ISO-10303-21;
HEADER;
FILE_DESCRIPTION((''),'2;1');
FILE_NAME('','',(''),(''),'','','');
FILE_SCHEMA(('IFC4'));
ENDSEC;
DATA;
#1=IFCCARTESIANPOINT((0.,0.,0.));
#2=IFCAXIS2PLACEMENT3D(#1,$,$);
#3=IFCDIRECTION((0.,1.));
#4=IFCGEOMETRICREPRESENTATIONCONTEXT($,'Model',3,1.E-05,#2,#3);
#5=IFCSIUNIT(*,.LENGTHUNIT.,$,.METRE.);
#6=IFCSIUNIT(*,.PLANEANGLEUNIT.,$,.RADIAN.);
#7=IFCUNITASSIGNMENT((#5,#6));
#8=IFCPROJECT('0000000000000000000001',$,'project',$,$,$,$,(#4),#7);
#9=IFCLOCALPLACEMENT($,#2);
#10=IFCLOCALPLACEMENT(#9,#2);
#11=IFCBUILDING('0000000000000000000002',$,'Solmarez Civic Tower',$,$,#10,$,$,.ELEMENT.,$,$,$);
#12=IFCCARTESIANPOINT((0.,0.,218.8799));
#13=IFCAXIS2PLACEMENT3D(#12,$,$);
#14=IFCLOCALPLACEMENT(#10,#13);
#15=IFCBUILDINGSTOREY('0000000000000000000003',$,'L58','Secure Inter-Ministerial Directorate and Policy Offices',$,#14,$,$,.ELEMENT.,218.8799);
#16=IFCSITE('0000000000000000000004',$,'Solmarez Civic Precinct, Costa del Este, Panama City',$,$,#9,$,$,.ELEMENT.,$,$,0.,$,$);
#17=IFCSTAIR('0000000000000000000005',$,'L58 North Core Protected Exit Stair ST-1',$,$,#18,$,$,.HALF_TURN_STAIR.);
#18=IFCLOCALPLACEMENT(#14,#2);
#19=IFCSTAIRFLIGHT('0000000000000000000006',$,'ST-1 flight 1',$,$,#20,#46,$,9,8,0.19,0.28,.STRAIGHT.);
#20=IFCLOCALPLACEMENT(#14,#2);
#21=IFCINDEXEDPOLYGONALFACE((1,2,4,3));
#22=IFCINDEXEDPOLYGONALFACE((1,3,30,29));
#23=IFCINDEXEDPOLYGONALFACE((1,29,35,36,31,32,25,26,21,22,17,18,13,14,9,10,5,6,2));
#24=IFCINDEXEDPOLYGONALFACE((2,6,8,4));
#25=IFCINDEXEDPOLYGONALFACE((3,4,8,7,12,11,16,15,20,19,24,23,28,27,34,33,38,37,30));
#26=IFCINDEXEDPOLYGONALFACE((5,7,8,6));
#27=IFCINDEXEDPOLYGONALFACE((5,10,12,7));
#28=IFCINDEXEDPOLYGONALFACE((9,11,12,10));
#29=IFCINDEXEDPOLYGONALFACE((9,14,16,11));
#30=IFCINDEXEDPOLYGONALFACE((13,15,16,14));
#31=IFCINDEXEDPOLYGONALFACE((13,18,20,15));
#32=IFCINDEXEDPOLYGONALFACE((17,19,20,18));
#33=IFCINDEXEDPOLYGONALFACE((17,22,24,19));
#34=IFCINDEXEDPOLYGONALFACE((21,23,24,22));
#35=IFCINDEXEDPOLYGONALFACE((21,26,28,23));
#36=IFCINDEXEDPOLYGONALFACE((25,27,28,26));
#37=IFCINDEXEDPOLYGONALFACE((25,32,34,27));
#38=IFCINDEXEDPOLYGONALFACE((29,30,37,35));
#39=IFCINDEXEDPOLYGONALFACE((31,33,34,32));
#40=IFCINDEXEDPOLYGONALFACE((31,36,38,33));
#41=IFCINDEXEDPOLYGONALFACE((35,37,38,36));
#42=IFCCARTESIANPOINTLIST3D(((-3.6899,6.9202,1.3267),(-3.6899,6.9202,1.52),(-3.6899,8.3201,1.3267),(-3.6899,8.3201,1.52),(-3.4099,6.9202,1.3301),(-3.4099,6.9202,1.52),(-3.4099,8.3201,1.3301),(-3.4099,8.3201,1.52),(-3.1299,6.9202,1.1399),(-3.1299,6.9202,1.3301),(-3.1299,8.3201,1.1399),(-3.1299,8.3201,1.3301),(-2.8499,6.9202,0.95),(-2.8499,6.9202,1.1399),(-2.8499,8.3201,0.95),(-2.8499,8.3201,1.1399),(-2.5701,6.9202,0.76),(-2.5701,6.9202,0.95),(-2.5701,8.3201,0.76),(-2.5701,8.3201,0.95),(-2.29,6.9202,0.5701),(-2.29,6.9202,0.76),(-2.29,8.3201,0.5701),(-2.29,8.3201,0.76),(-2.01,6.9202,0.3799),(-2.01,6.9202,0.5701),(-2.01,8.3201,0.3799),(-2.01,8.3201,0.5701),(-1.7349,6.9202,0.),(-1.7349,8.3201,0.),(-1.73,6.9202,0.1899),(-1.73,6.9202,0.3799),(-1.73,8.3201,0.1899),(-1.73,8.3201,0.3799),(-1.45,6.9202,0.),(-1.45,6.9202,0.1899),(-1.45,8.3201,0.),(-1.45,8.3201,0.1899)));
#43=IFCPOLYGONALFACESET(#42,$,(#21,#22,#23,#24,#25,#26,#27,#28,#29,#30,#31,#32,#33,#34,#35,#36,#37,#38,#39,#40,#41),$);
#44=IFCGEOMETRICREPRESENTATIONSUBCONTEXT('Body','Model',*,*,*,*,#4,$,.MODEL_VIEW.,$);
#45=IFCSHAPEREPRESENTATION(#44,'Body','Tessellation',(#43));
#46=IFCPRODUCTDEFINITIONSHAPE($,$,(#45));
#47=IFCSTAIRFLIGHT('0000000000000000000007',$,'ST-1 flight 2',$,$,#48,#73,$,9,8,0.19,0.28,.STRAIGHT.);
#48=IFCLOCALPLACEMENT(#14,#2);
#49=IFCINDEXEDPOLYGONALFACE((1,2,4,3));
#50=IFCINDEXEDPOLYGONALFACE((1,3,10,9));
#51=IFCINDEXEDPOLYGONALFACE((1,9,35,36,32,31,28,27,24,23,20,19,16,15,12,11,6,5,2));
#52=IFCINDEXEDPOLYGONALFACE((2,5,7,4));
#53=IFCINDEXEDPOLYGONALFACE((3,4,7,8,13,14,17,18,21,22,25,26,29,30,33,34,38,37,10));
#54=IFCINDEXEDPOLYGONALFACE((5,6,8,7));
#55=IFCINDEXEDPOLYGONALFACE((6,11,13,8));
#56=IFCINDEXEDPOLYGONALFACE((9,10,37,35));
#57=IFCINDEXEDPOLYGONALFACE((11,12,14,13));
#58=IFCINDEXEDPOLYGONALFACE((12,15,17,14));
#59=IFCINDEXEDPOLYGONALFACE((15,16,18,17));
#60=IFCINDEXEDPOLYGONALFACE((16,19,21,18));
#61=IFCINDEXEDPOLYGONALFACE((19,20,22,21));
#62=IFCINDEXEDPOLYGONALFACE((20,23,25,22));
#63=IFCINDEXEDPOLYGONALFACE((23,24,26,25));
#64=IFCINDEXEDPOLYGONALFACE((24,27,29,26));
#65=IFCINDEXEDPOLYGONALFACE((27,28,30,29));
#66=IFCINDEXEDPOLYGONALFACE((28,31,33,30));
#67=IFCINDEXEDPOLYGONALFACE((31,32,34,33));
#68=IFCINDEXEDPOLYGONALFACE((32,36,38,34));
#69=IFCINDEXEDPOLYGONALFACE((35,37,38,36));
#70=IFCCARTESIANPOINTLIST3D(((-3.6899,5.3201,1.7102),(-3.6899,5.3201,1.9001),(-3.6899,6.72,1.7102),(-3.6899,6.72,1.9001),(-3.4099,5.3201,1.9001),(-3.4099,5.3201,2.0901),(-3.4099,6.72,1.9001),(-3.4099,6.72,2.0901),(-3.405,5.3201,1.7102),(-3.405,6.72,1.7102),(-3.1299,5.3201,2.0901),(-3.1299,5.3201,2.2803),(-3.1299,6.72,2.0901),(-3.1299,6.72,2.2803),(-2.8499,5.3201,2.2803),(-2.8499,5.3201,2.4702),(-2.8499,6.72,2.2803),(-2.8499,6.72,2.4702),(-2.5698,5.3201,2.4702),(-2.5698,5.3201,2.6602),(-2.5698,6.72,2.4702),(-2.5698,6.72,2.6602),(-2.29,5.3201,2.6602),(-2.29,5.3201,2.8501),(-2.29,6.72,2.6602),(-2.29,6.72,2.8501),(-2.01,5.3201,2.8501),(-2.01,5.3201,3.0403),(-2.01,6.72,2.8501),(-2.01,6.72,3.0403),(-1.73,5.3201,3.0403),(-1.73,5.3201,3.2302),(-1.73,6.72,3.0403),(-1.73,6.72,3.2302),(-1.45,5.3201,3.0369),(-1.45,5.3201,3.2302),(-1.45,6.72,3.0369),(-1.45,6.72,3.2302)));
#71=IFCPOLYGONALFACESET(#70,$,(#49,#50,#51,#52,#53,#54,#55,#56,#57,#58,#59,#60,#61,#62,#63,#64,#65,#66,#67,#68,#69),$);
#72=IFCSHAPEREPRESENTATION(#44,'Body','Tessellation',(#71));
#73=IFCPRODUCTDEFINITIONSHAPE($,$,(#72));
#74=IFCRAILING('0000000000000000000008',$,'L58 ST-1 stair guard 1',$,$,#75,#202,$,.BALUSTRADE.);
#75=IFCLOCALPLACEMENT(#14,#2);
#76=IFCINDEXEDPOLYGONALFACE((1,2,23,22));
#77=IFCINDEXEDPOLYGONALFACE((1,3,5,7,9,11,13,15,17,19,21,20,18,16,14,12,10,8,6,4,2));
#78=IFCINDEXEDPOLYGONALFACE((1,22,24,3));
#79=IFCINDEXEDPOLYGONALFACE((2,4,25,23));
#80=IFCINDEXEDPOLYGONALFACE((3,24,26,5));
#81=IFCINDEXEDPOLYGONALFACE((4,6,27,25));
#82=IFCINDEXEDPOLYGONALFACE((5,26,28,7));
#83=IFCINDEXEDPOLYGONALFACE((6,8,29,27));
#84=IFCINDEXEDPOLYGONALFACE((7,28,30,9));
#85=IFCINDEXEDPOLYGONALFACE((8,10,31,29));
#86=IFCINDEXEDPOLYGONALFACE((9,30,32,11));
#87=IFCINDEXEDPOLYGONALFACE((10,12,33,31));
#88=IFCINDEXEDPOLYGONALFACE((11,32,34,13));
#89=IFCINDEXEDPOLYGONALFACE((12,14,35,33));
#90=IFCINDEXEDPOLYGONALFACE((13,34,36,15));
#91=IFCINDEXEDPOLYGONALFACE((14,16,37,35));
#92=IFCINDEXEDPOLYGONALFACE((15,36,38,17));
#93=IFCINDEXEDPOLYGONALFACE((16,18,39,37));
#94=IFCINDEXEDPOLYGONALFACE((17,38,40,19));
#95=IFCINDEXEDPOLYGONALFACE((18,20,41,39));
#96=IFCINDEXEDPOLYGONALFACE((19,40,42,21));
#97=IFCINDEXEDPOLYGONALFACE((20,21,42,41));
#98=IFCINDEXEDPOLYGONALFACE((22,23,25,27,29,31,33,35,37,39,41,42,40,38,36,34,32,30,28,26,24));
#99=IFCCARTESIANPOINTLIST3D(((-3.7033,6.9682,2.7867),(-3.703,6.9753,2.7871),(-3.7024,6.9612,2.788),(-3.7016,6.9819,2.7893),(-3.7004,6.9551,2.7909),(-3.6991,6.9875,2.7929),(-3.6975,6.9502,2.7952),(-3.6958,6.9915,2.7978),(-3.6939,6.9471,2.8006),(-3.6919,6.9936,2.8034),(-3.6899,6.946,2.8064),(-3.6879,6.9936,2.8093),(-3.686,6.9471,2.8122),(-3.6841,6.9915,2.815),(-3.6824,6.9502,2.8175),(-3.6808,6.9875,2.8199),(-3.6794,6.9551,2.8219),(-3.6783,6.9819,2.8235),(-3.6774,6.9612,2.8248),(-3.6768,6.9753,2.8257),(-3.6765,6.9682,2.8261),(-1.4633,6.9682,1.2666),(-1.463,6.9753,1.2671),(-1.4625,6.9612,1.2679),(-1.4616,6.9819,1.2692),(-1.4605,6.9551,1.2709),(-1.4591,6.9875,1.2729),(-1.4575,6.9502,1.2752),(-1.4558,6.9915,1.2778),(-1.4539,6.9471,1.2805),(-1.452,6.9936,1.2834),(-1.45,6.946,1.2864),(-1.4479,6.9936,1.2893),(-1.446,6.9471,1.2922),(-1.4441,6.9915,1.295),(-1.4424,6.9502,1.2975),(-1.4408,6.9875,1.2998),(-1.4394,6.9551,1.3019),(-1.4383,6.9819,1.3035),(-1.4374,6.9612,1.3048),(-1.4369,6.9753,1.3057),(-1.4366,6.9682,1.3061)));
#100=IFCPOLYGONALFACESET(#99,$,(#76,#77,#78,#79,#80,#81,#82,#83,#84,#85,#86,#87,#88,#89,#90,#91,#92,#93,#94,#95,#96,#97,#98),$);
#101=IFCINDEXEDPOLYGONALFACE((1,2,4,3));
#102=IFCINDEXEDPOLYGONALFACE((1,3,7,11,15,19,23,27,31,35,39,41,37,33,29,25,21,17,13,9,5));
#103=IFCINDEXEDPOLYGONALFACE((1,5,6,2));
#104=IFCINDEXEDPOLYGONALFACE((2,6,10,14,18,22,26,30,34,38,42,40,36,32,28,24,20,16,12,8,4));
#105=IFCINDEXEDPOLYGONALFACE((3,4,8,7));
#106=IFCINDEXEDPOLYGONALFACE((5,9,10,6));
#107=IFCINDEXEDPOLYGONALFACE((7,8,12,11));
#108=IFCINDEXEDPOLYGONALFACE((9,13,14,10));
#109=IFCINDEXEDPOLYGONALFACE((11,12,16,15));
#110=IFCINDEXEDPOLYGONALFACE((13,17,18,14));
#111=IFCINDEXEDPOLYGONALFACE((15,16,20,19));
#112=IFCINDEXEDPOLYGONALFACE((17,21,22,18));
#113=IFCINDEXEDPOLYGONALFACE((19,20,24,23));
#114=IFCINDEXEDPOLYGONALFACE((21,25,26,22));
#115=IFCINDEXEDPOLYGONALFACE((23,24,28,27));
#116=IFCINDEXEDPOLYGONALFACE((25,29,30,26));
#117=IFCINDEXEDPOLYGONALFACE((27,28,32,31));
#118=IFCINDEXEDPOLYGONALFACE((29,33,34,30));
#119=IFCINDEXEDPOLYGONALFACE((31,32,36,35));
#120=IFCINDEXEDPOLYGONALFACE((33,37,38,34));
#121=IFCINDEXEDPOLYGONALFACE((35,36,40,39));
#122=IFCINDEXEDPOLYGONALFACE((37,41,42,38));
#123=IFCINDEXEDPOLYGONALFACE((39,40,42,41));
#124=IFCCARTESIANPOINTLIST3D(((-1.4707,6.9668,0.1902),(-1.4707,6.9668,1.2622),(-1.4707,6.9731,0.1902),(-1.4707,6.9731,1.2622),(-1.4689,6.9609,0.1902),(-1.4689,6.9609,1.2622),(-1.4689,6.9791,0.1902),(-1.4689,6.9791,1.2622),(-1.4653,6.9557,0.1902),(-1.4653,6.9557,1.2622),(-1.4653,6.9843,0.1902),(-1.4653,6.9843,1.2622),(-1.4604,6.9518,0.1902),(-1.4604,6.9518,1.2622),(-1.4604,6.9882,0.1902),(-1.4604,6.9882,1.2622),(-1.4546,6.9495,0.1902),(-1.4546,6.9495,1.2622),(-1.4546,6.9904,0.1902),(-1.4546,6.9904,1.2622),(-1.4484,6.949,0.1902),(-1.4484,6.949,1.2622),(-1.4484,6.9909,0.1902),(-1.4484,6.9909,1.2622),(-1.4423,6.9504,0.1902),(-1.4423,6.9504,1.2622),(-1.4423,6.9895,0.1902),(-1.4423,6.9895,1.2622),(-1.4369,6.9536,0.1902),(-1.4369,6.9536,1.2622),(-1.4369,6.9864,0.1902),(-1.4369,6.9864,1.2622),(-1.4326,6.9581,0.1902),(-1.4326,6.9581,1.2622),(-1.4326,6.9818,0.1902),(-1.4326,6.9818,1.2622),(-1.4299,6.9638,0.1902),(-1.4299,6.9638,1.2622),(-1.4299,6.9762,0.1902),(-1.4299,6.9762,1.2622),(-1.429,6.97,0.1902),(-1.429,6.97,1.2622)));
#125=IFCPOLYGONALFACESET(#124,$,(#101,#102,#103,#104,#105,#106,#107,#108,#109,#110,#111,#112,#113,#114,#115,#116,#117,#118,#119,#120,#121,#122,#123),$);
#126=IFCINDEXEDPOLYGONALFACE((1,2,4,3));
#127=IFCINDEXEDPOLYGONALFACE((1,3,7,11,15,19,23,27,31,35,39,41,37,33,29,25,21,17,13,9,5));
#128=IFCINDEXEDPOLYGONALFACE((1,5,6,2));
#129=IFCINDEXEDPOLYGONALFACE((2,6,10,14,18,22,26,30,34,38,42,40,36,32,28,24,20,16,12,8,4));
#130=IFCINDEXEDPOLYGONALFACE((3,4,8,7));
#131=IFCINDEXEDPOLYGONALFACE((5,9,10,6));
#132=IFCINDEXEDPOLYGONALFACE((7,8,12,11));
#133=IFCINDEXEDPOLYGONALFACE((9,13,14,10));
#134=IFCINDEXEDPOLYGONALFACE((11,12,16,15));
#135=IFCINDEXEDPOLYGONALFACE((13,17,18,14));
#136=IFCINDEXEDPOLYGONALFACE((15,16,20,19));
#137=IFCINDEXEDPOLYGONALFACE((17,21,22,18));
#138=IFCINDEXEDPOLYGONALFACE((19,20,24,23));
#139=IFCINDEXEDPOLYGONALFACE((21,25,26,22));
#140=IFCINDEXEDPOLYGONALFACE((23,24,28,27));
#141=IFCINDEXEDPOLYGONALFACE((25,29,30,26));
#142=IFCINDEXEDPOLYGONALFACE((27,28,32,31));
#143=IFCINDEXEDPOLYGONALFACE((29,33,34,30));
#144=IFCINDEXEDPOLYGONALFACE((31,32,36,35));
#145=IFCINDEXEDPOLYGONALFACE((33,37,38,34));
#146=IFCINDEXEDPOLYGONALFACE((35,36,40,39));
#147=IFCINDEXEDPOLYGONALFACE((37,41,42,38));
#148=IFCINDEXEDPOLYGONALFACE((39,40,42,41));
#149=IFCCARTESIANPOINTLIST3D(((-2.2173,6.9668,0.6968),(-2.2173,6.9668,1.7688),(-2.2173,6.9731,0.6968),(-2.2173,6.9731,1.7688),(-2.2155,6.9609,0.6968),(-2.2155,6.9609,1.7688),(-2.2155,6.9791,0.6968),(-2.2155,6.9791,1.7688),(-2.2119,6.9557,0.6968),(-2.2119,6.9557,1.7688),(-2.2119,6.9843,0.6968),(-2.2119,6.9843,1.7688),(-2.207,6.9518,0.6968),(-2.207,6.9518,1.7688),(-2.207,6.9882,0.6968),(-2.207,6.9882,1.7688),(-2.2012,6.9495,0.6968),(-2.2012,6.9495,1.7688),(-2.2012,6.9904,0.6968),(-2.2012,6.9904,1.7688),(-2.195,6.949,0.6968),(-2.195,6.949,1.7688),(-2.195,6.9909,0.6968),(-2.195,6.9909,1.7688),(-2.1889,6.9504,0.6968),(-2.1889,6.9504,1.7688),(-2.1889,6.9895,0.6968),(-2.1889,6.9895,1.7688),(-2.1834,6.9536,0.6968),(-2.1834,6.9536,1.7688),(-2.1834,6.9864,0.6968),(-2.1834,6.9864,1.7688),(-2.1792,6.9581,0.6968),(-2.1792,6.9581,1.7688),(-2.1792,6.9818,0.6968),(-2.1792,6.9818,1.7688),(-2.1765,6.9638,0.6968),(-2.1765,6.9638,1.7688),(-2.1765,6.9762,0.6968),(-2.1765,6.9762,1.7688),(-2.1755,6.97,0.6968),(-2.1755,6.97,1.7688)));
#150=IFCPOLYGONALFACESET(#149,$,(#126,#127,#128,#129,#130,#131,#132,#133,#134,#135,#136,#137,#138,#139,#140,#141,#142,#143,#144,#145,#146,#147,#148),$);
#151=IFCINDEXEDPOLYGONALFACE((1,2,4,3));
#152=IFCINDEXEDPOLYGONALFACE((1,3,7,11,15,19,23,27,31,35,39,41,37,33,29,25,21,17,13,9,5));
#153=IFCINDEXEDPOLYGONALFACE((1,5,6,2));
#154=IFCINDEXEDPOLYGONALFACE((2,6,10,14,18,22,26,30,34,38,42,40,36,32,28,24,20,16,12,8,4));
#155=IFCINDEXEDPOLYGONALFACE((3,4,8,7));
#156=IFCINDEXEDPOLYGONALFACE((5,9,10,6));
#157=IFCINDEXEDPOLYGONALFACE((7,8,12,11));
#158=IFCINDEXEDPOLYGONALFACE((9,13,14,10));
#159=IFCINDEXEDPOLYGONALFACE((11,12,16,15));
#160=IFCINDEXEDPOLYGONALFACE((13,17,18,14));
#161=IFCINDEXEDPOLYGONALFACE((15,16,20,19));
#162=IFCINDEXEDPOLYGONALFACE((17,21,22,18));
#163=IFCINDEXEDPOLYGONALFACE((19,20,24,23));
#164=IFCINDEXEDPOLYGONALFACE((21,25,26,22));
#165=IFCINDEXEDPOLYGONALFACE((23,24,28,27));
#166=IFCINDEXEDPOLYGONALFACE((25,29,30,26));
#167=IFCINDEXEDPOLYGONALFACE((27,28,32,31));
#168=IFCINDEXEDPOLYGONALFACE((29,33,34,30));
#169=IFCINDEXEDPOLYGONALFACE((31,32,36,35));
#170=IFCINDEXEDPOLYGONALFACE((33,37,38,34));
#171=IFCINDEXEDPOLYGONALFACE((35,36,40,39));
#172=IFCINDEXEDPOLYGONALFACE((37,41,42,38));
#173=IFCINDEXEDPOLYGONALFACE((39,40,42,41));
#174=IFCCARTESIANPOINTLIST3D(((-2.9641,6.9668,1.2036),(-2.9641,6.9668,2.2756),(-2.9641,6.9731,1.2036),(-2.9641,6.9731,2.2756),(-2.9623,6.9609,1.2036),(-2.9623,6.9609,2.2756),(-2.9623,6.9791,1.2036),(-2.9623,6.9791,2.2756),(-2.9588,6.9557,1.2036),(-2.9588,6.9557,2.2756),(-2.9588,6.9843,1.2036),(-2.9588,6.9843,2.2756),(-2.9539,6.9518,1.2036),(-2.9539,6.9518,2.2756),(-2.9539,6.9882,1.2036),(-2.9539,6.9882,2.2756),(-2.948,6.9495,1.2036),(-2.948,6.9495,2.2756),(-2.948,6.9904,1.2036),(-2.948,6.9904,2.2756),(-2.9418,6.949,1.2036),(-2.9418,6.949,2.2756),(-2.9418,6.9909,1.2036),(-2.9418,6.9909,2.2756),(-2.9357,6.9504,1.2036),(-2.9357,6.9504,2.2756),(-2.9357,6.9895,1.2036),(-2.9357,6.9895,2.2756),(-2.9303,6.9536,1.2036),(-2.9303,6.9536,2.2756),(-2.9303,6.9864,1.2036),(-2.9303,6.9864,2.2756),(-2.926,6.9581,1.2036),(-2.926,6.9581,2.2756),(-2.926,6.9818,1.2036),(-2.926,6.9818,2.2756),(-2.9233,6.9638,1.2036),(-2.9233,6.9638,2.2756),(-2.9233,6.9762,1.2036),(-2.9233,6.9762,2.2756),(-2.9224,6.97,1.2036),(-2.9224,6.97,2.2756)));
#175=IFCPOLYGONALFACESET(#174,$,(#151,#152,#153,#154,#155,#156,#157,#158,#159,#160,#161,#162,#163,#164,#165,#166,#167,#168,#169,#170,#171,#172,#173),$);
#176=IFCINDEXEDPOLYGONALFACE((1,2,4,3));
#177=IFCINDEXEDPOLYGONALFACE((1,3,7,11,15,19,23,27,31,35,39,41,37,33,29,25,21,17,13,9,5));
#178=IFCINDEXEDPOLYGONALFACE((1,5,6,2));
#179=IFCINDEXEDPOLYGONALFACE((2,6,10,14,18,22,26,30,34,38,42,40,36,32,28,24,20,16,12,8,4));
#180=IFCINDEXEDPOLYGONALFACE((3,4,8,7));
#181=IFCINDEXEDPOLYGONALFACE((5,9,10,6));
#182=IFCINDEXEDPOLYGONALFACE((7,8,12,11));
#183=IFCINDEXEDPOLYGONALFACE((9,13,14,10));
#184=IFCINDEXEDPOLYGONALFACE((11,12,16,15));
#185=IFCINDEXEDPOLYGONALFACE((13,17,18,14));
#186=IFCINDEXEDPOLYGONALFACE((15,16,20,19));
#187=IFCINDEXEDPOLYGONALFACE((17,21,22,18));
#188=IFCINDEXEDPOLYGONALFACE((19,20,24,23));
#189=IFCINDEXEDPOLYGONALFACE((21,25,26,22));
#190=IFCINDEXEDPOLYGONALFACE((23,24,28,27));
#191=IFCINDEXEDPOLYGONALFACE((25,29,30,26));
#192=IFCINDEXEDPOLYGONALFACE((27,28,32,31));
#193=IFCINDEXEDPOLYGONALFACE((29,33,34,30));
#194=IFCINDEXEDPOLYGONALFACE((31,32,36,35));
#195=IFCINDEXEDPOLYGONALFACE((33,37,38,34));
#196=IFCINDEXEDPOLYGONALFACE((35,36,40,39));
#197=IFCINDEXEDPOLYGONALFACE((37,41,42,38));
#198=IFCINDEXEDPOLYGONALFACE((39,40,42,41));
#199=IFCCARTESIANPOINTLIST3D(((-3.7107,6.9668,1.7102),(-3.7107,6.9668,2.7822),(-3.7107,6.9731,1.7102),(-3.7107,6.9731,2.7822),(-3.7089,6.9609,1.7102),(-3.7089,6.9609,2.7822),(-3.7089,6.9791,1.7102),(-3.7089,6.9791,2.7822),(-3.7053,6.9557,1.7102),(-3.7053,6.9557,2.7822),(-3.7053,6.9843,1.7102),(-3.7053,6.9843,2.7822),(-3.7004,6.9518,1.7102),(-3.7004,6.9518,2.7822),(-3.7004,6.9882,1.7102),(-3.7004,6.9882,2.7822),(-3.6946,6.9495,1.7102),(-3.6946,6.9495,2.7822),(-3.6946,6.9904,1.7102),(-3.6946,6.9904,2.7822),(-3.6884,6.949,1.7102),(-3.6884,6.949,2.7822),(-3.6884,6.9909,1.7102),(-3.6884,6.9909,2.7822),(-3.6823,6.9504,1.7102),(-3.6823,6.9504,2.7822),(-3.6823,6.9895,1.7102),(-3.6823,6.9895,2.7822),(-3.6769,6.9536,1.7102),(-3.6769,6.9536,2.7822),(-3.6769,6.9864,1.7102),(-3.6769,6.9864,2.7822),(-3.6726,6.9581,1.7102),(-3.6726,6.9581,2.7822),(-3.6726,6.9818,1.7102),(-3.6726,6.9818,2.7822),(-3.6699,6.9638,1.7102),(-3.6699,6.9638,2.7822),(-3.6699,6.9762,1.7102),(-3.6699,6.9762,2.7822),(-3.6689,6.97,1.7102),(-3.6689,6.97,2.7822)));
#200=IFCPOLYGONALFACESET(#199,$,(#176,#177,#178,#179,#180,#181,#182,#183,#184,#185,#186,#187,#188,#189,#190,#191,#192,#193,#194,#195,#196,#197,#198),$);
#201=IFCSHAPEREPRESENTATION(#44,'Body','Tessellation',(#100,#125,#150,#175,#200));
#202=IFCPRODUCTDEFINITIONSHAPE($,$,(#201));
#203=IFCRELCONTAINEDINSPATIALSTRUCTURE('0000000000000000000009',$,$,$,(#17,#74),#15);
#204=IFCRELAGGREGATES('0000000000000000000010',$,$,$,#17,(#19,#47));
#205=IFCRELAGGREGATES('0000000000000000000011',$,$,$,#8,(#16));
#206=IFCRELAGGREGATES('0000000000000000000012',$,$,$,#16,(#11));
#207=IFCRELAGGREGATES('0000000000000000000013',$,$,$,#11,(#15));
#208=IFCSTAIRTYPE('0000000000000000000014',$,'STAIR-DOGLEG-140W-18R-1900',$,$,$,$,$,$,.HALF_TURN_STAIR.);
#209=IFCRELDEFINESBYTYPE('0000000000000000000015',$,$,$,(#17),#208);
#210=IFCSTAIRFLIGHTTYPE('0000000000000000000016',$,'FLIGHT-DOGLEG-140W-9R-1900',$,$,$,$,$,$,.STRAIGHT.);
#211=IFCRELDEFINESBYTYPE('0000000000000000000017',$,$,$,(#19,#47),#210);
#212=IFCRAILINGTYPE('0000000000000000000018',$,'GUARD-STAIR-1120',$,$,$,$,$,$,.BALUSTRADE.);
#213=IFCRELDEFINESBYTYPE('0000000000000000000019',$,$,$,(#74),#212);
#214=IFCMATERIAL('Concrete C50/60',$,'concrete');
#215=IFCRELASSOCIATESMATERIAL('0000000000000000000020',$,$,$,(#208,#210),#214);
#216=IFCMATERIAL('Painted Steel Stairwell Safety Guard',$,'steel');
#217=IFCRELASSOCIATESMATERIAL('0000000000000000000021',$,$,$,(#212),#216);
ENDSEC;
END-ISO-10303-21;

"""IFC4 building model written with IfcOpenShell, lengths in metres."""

from ifc_helpers import new_model, si_unit, direction, frame, origin, origin_2d, place, context, subcontext, project, spatial, polyline, circle, outline, extrude, material, type_object, element, aggregate, save


model = new_model("IFC4")

# Units and contexts
model_context = context("Model", 3, precision=1e-05, world=origin(), true_north=direction((0.0, 1.0)))
body_context = subcontext(model_context, "Body", "Model", "MODEL_VIEW")
ifc_project = project(units=[si_unit("LENGTHUNIT", "METRE"), si_unit("PLANEANGLEUNIT", "RADIAN")], contexts=[model_context])

# Site, building, storey
site_placement = place(None, origin())
site = spatial("IfcSite", under=ifc_project, at=site_placement, Name="Solmarez Civic Precinct, Costa del Este, Panama City", CompositionType="ELEMENT", RefElevation=0.0)
building_placement = place(site_placement, origin())
building = spatial("IfcBuilding", under=site, at=building_placement, Name="Solmarez Civic Tower", CompositionType="ELEMENT")
storey_placement = place(building_placement, frame((0.0, 0.0, 218.8799)))
storey = spatial("IfcBuildingStorey", under=building, at=storey_placement, Name="L58", Description="Secure Inter-Ministerial Directorate and Policy Offices", CompositionType="ELEMENT", Elevation=218.8799)

# Shared definitions
ifc_material_1 = material(Name="Concrete C50/60", Category="concrete")

# Stair, stair flights
stair_type = type_object("IfcStairType", Name="STAIR-DOGLEG-140W-18R-1900", PredefinedType="HALF_TURN_STAIR", material=ifc_material_1)
stair_placement = place(storey_placement, origin())
stair = element("IfcStair", 1, at=stair_placement, inside=storey, type_object=stair_type, Name="L58 North Core Protected Exit Stair ST-1", PredefinedType="HALF_TURN_STAIR")
stair_flight_type = type_object("IfcStairFlightType", Name="FLIGHT-DOGLEG-140W-9R-1900", PredefinedType="STRAIGHT", material=ifc_material_1)
stair_flight_1_placement = place(storey_placement, frame((-1.45, 7.6201, 0.0), z_axis=(0.0, 0.0, 1.0), x_axis=(-1.0, 0.0, 0.0)))
stair_flight_1 = element("IfcStairFlight", 2, at=stair_flight_1_placement, type_object=stair_flight_type, Name="ST-1 flight 1", NumberOfRisers=9, NumberOfTreads=8, PredefinedType="STRAIGHT", RiserHeight=0.19, TreadLength=0.28, context=body_context, shape_type="SweptSolid", body=[
    extrude(outline(polyline([(0.0, 0.0), (0.0, 0.1899), (0.28, 0.1899), (0.28, 0.3799), (0.5601, 0.3799), (0.5601, 0.5701), (0.8401, 0.5701), (0.8401, 0.76), (1.1201, 0.76), (1.1201, 0.95), (1.3999, 0.95), (1.3999, 1.1399), (1.6799, 1.1399), (1.6799, 1.3301), (1.96, 1.3301), (1.96, 1.52), (2.24, 1.52), (2.24, 1.71), (2.24, 1.3267), (0.2849, 0.0), (0.0, 0.0)])), frame((0.0, 0.7, 0.0), z_axis=(0.0, -1.0, 0.0), x_axis=(1.0, 0.0, 0.0)), (0.0, 0.0, 1.0), 1.3999),
])
stair_flight_2_placement = place(storey_placement, frame((-3.6899, 6.02, 1.7102), z_axis=(0.0, 0.0, 1.0), x_axis=(1.0, 0.0, 0.0)))
stair_flight_2 = element("IfcStairFlight", 3, at=stair_flight_2_placement, type_object=stair_flight_type, Name="ST-1 flight 2", NumberOfRisers=9, NumberOfTreads=8, PredefinedType="STRAIGHT", RiserHeight=0.19, TreadLength=0.28, context=body_context, shape_type="SweptSolid", body=[
    extrude(outline(polyline([(0.0, 0.0), (0.0, 0.1899), (0.28, 0.1899), (0.28, 0.3799), (0.5601, 0.3799), (0.5601, 0.5701), (0.8401, 0.5701), (0.8401, 0.76), (1.1201, 0.76), (1.1201, 0.95), (1.3999, 0.95), (1.3999, 1.1399), (1.6799, 1.1399), (1.6799, 1.3301), (1.96, 1.3301), (1.96, 1.52), (2.24, 1.52), (2.24, 1.71), (2.24, 1.3267), (0.2849, 0.0), (0.0, 0.0)])), frame((0.0, 0.7, 0.0), z_axis=(0.0, -1.0, 0.0), x_axis=(1.0, 0.0, 0.0)), (0.0, 0.0, 1.0), 1.3999),
])
aggregate(stair, [stair_flight_1, stair_flight_2])

# Railing
ifc_material_2 = material(Name="Painted Steel Stairwell Safety Guard", Category="steel")
railing_type_1 = type_object("IfcRailingType", Name="GUARD-STAIR-1120", PredefinedType="BALUSTRADE", material=ifc_material_2)
railing_1_placement = place(storey_placement, frame((-1.45, 6.97, 0.1902)))
element("IfcRailing", 4, at=railing_1_placement, inside=storey, type_object=railing_type_1, Name="L58 ST-1 stair guard 1", PredefinedType="BALUSTRADE", context=body_context, shape_type="SweptSolid", body=[
    extrude(circle(Radius=0.0239, at=origin_2d()), frame((0.0, 0.0, 1.0962), z_axis=(-0.827471, 0.0, 0.561508), x_axis=(0.0, -1.0, 0.0)), (0.0, 0.0, 1.0), 2.707),
    extrude(circle(Radius=0.021, at=origin_2d()), origin(), (0.0, 0.0, 1.0), 1.072),
    extrude(circle(Radius=0.021, at=origin_2d()), frame((-0.7466, 0.0, 0.5066)), (0.0, 0.0, 1.0), 1.072),
    extrude(circle(Radius=0.021, at=origin_2d()), frame((-1.4934, 0.0, 1.0134)), (0.0, 0.0, 1.0), 1.072),
    extrude(circle(Radius=0.021, at=origin_2d()), frame((-2.24, 0.0, 1.52)), (0.0, 0.0, 1.0), 1.072),
])

save(model, "model.ifc")
